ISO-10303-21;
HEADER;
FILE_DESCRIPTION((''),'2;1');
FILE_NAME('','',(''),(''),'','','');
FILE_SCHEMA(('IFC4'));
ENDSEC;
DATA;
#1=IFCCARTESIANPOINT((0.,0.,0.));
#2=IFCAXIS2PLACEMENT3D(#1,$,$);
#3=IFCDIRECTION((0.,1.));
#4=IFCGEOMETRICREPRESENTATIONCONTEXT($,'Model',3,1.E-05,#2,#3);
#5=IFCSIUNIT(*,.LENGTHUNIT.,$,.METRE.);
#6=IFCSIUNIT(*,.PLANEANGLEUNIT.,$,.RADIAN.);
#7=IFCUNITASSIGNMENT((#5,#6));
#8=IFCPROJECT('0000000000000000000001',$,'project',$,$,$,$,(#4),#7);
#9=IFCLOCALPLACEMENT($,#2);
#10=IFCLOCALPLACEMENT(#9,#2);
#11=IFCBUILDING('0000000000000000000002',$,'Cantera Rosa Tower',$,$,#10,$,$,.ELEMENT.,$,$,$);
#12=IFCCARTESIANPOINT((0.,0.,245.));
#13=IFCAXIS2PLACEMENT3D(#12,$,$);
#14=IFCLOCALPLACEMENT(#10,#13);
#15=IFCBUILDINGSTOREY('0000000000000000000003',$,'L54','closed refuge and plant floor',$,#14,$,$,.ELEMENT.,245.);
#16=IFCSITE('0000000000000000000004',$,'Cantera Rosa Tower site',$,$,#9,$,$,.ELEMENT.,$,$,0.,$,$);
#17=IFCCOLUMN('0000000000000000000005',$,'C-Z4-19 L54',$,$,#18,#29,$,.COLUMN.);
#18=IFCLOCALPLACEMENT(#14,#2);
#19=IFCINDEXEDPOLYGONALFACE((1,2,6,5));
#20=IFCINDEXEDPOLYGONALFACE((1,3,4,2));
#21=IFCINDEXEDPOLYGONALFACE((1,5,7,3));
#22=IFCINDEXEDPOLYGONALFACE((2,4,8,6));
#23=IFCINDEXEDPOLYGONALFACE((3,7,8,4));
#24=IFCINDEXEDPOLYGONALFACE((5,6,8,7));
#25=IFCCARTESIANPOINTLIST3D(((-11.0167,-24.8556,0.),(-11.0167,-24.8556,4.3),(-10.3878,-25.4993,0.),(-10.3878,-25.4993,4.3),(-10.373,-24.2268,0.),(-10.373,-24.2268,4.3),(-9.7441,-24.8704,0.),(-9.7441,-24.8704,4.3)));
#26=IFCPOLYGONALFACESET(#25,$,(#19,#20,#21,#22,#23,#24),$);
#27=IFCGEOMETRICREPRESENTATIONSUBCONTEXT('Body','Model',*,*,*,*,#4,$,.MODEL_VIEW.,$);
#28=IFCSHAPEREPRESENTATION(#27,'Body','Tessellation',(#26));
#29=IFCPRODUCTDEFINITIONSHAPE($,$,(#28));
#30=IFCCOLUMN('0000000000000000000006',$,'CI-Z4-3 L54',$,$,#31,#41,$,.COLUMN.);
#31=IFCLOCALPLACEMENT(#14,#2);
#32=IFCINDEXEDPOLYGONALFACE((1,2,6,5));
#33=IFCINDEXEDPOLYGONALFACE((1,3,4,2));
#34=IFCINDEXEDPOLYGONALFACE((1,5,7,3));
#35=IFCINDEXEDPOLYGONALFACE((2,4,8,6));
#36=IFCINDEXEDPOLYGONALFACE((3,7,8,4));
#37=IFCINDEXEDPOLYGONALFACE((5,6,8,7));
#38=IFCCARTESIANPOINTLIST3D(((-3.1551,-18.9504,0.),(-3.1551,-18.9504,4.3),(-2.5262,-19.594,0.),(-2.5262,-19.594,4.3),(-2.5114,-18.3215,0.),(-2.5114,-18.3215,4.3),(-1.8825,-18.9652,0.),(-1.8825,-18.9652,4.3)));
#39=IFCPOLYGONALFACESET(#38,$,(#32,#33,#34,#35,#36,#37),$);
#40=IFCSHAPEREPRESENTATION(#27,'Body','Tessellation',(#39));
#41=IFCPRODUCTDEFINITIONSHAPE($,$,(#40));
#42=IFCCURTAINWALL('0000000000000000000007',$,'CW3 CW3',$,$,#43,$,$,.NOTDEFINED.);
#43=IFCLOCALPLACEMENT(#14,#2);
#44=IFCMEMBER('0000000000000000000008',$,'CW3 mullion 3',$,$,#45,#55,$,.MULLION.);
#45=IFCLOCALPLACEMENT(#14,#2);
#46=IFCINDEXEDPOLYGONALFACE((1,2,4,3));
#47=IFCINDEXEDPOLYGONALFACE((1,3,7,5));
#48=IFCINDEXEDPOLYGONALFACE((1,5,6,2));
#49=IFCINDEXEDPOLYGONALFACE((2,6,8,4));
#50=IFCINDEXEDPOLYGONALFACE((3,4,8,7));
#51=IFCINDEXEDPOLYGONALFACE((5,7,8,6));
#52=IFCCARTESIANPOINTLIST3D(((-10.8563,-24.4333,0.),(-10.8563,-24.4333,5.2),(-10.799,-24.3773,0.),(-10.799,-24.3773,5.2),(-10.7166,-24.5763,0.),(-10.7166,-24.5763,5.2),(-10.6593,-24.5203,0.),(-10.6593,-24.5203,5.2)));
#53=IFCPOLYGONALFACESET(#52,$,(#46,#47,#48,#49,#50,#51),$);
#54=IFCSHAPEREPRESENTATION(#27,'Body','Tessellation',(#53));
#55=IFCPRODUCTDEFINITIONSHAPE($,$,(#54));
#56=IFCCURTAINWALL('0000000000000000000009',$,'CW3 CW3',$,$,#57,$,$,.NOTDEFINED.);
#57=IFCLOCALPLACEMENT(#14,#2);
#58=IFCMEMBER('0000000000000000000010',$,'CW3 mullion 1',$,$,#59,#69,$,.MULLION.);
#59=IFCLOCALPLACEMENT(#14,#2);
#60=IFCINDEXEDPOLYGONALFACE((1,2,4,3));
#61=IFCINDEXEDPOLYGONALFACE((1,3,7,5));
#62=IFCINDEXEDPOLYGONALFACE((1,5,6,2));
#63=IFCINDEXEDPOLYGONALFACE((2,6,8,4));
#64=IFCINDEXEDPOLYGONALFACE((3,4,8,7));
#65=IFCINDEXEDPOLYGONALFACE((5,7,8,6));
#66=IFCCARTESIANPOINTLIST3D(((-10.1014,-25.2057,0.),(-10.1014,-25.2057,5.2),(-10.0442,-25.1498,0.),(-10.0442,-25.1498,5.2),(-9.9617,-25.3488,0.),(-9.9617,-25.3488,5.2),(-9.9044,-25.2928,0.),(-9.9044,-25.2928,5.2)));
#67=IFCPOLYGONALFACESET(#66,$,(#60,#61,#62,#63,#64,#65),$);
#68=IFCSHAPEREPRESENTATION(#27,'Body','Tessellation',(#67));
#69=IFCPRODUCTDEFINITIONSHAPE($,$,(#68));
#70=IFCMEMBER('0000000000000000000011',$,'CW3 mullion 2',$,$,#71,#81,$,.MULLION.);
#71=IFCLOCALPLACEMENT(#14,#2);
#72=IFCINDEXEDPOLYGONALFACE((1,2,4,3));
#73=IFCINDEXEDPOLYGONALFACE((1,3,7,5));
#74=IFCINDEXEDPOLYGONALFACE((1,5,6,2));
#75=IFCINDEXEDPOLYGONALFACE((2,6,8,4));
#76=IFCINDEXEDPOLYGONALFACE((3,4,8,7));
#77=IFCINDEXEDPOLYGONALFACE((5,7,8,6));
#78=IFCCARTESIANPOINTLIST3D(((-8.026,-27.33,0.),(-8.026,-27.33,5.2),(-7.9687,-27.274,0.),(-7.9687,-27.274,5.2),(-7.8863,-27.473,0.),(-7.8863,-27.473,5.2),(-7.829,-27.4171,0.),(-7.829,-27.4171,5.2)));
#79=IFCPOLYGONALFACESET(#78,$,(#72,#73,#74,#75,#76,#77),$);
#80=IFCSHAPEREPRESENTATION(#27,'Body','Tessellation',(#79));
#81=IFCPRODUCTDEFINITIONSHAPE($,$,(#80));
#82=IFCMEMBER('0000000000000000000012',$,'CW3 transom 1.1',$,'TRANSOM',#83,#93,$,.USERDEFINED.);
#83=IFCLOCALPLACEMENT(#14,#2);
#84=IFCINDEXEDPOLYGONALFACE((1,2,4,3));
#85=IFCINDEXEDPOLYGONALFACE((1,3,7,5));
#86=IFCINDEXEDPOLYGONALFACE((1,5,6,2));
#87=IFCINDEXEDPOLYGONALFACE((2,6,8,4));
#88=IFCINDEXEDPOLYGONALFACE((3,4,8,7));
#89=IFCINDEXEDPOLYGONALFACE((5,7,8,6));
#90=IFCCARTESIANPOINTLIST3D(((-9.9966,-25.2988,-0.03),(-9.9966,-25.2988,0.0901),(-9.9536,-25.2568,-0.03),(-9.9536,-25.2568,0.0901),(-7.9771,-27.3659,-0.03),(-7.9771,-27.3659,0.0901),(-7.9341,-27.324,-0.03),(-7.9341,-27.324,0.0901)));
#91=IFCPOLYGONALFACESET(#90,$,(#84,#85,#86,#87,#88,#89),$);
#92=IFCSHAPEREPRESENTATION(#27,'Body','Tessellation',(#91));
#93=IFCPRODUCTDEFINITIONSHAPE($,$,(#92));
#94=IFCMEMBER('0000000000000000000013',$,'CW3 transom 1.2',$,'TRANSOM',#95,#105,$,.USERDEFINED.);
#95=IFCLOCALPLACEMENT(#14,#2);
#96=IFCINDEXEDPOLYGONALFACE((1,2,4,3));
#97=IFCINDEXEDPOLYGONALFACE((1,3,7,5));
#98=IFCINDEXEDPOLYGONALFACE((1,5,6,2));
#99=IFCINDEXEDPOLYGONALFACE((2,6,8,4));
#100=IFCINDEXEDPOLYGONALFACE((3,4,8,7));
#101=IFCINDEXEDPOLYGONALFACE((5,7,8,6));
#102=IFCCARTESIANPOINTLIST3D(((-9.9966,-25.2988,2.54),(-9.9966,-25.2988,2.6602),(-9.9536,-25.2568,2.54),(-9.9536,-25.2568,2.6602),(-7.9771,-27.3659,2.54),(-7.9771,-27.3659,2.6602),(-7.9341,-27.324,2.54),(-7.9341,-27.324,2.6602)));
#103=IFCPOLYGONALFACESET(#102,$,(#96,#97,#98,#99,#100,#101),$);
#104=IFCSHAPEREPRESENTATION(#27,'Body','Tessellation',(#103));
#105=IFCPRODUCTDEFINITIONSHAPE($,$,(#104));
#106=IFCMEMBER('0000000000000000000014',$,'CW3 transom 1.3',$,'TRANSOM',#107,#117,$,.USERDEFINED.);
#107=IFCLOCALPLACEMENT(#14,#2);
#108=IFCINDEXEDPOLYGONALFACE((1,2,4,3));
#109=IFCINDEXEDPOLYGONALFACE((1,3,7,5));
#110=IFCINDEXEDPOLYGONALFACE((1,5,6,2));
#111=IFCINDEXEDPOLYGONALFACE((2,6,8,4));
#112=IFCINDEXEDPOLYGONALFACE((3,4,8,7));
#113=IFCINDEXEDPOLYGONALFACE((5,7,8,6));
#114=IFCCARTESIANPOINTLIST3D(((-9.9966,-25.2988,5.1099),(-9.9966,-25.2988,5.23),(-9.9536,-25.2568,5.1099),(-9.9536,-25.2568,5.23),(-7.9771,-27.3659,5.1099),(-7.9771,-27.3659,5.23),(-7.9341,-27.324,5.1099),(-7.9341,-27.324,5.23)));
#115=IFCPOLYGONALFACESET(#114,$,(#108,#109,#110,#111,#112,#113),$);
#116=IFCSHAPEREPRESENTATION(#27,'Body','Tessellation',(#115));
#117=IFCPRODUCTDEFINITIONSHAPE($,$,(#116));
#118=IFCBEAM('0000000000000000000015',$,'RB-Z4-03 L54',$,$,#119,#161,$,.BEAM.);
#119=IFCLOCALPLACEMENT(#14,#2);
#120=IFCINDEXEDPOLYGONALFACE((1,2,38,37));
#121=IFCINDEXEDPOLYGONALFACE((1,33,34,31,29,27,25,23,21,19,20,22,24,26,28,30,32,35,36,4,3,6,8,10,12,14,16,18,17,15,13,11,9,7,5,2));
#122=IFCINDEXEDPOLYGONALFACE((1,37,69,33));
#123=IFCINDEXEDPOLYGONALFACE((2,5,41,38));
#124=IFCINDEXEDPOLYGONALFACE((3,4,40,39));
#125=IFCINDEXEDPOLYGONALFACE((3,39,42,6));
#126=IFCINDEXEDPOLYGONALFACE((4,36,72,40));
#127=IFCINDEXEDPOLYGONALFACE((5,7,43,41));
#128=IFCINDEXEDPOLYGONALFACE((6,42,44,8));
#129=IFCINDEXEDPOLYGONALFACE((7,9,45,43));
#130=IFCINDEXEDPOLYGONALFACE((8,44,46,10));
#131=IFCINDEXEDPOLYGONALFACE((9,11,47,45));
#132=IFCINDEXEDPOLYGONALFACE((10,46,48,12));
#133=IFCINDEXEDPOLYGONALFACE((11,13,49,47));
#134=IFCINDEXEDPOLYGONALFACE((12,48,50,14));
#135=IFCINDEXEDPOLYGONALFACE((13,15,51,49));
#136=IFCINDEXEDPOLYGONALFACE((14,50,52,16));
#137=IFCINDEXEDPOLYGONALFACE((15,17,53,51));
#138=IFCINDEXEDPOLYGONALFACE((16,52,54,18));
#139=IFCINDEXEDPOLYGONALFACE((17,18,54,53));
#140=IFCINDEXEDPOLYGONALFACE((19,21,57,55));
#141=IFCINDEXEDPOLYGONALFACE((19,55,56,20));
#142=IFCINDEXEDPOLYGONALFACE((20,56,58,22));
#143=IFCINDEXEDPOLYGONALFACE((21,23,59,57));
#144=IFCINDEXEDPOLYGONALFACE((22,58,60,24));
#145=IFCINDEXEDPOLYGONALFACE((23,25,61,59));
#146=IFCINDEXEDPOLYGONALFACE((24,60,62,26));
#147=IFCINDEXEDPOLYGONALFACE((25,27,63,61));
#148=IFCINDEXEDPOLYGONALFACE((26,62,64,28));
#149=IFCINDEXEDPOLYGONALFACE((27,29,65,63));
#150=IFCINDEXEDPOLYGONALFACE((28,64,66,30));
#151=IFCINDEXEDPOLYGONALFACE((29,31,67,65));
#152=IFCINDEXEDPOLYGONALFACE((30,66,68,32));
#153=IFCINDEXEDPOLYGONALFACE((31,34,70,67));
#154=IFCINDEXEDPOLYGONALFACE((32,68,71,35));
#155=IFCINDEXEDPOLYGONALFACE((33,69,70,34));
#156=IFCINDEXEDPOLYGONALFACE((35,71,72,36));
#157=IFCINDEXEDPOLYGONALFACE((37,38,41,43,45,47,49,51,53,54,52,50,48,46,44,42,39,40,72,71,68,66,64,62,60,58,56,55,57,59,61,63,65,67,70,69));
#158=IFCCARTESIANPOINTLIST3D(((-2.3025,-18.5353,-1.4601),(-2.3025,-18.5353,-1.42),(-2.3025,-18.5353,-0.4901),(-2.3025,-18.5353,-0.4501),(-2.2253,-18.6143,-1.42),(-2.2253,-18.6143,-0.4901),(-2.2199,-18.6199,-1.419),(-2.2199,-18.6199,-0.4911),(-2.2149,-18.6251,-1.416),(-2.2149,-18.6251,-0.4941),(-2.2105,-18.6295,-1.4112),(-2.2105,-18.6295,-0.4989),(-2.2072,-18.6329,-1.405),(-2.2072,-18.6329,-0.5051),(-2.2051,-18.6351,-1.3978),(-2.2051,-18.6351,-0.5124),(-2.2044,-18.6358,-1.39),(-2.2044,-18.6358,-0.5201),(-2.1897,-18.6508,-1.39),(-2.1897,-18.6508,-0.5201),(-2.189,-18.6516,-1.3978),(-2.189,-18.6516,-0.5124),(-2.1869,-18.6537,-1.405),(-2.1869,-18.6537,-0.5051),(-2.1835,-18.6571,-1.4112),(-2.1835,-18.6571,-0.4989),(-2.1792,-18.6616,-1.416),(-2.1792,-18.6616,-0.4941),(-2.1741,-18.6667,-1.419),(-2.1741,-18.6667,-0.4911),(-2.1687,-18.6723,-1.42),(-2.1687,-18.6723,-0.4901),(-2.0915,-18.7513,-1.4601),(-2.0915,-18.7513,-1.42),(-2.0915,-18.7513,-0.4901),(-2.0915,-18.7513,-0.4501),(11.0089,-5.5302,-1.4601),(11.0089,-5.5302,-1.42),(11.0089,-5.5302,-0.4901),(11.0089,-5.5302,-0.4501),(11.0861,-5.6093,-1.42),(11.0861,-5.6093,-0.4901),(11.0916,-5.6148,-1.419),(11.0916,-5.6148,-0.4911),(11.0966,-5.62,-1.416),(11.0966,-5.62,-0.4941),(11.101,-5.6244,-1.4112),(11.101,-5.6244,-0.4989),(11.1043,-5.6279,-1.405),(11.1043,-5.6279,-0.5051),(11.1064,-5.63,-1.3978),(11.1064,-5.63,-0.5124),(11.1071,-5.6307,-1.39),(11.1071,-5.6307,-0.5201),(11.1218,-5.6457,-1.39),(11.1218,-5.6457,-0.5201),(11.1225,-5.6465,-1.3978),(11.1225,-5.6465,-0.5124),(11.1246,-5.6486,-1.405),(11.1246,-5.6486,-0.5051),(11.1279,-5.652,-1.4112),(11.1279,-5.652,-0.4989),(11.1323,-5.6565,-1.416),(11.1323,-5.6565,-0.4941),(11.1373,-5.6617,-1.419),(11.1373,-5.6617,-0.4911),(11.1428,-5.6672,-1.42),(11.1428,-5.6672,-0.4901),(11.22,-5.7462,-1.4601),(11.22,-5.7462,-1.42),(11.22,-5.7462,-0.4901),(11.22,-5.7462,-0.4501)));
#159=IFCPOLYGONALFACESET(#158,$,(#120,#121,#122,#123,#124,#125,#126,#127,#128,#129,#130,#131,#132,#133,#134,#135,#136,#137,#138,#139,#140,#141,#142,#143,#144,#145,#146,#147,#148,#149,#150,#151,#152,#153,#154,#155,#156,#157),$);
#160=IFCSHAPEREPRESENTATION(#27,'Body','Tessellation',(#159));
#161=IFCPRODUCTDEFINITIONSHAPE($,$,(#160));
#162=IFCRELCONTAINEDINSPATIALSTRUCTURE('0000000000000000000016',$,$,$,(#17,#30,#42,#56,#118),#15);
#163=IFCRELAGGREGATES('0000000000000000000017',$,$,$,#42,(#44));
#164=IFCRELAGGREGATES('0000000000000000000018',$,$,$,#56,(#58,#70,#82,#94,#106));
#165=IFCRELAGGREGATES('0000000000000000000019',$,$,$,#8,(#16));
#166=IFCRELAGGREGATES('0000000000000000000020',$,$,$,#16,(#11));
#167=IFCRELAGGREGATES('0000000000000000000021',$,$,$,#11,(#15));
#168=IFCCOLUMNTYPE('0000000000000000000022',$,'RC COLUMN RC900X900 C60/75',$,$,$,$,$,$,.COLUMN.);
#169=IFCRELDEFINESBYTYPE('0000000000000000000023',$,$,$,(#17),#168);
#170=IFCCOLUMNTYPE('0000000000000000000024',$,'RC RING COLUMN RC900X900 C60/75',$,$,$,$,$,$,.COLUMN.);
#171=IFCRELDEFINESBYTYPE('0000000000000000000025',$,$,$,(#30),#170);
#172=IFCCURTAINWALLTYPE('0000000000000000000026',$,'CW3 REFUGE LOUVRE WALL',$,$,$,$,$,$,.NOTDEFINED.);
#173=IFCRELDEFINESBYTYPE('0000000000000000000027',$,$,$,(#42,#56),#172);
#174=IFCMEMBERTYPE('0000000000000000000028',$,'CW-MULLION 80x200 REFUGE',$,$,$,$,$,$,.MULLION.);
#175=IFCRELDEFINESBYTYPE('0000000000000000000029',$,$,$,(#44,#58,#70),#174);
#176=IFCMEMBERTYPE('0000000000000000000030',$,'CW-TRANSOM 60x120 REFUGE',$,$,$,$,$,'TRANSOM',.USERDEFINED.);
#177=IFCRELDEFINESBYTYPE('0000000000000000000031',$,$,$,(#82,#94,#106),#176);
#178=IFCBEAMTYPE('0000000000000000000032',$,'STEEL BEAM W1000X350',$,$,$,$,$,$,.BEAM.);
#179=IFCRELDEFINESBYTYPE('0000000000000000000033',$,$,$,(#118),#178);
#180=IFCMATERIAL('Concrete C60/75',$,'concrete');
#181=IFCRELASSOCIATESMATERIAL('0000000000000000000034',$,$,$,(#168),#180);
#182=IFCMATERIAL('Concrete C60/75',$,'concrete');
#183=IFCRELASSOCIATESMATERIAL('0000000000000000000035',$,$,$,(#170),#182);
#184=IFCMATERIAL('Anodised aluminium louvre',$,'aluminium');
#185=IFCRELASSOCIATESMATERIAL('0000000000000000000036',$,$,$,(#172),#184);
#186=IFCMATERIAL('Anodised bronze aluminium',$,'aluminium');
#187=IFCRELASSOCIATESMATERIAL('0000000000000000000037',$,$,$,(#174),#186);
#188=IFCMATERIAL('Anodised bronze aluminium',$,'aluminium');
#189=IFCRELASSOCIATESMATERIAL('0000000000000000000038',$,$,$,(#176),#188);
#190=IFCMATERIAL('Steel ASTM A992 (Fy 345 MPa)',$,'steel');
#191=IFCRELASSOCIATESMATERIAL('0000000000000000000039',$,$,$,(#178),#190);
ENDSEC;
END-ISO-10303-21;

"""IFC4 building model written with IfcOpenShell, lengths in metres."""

from ifc_helpers import new_model, si_unit, direction, frame, origin, origin_2d, place, context, subcontext, project, spatial, rectangle, i_section, extrude, material, material_profile, profile_set, type_object, element, aggregate, save


model = new_model("IFC4")

# Units and contexts
model_context = context("Model", 3, precision=1e-05, world=origin(), true_north=direction((0.0, 1.0)))
body_context = subcontext(model_context, "Body", "Model", "MODEL_VIEW")
ifc_project = project(units=[si_unit("LENGTHUNIT", "METRE"), si_unit("PLANEANGLEUNIT", "RADIAN")], contexts=[model_context])

# Site, building, storey
site_placement = place(None, origin())
site = spatial("IfcSite", under=ifc_project, at=site_placement, Name="Cantera Rosa Tower site", CompositionType="ELEMENT", RefElevation=0.0)
building_placement = place(site_placement, origin())
building = spatial("IfcBuilding", under=site, at=building_placement, Name="Cantera Rosa Tower", CompositionType="ELEMENT")
storey_placement = place(building_placement, frame((0.0, 0.0, 245.0)))
storey = spatial("IfcBuildingStorey", under=building, at=storey_placement, Name="L54", Description="closed refuge and plant floor", CompositionType="ELEMENT", Elevation=245.0)

# Columns
ifc_material_1 = material(Name="Concrete C60/75", Category="concrete")
ifc_material_profile_1 = material_profile(ifc_material_1, rectangle(XDim=0.8999, YDim=0.8999, at=origin_2d()), Name="RC COLUMN RC900X900 C60/75")
ifc_profile_set_1 = profile_set([ifc_material_profile_1], Name="Concrete C60/75")
column_type_1 = type_object("IfcColumnType", Name="RC COLUMN RC900X900 C60/75", PredefinedType="COLUMN", material=ifc_profile_set_1)
column_1_placement = place(storey_placement, frame((-10.3804, -24.863, 0.0), z_axis=(0.0, 0.0, 1.0), x_axis=(0.715286, 0.698832, 0.0)))
element("IfcColumn", 1, at=column_1_placement, inside=storey, type_object=column_type_1, Name="C-Z4-19 L54", PredefinedType="COLUMN", context=body_context, shape_type="SweptSolid", body=[
    extrude(rectangle(XDim=0.8999, YDim=0.8999, at=origin_2d()), origin(), (0.0, 0.0, 1.0), 4.3),
])
ifc_material_2 = material(Name="Concrete C60/75", Category="concrete")
ifc_material_profile_2 = material_profile(ifc_material_2, rectangle(XDim=0.8999, YDim=0.8999, at=origin_2d()), Name="RC RING COLUMN RC900X900 C60/75")
ifc_profile_set_2 = profile_set([ifc_material_profile_2], Name="Concrete C60/75")
column_type_2 = type_object("IfcColumnType", Name="RC RING COLUMN RC900X900 C60/75", PredefinedType="COLUMN", material=ifc_profile_set_2)
column_2_placement = place(storey_placement, frame((-2.5188, -18.9578, 0.0), z_axis=(0.0, 0.0, 1.0), x_axis=(0.715286, 0.698832, 0.0)))
element("IfcColumn", 2, at=column_2_placement, inside=storey, type_object=column_type_2, Name="CI-Z4-3 L54", PredefinedType="COLUMN", context=body_context, shape_type="SweptSolid", body=[
    extrude(rectangle(XDim=0.8999, YDim=0.8999, at=origin_2d()), origin(), (0.0, 0.0, 1.0), 4.3),
])

# Curtain wall, member
ifc_material_3 = material(Name="Anodised aluminium louvre", Category="aluminium")
curtain_wall_type = type_object("IfcCurtainWallType", Name="CW3 REFUGE LOUVRE WALL", PredefinedType="NOTDEFINED", material=ifc_material_3)
curtain_wall_1_placement = place(storey_placement, origin())
curtain_wall_1 = element("IfcCurtainWall", 3, at=curtain_wall_1_placement, inside=storey, type_object=curtain_wall_type, Name="CW3 CW3", PredefinedType="NOTDEFINED")
ifc_material_4 = material(Name="Anodised bronze aluminium", Category="aluminium")
ifc_material_profile_3 = material_profile(ifc_material_4, rectangle(XDim=0.0801, YDim=0.2, at=origin_2d()), Name="CW-MULLION 80x200 REFUGE")
ifc_profile_set_3 = profile_set([ifc_material_profile_3], Name="Anodised bronze aluminium")
member_type_1 = type_object("IfcMemberType", Name="CW-MULLION 80x200 REFUGE", PredefinedType="MULLION", material=ifc_profile_set_3)
member_1_placement = place(storey_placement, frame((-10.7578, -24.4768, 0.0), z_axis=(0.0, 0.0, 1.0), x_axis=(0.715286, 0.698832, 0.0)))
member_1 = element("IfcMember", 4, at=member_1_placement, type_object=member_type_1, Name="CW3 mullion 3", PredefinedType="MULLION", context=body_context, shape_type="SweptSolid", body=[
    extrude(rectangle(XDim=0.0801, YDim=0.2, at=origin_2d()), origin(), (0.0, 0.0, 1.0), 5.2),
])
aggregate(curtain_wall_1, [member_1])

# Curtain wall, members
curtain_wall_2_placement = place(storey_placement, origin())
curtain_wall_2 = element("IfcCurtainWall", 5, at=curtain_wall_2_placement, inside=storey, type_object=curtain_wall_type, Name="CW3 CW3", PredefinedType="NOTDEFINED")
member_2_placement = place(storey_placement, frame((-10.0029, -25.2493, 0.0), z_axis=(0.0, 0.0, 1.0), x_axis=(0.715286, 0.698832, 0.0)))
member_2 = element("IfcMember", 6, at=member_2_placement, type_object=member_type_1, Name="CW3 mullion 1", PredefinedType="MULLION", context=body_context, shape_type="SweptSolid", body=[
    extrude(rectangle(XDim=0.0801, YDim=0.2, at=origin_2d()), origin(), (0.0, 0.0, 1.0), 5.2),
])
member_3_placement = place(storey_placement, frame((-7.9275, -27.3735, 0.0), z_axis=(0.0, 0.0, 1.0), x_axis=(0.715286, 0.698832, 0.0)))
member_3 = element("IfcMember", 7, at=member_3_placement, type_object=member_type_1, Name="CW3 mullion 2", PredefinedType="MULLION", context=body_context, shape_type="SweptSolid", body=[
    extrude(rectangle(XDim=0.0801, YDim=0.2, at=origin_2d()), origin(), (0.0, 0.0, 1.0), 5.2),
])
ifc_material_5 = material(Name="Anodised bronze aluminium", Category="aluminium")
ifc_material_profile_4 = material_profile(ifc_material_5, rectangle(XDim=0.0601, YDim=0.1201, at=origin_2d()), Name="CW-TRANSOM 60x120 REFUGE")
ifc_profile_set_4 = profile_set([ifc_material_profile_4], Name="Anodised bronze aluminium")
member_type_2 = type_object("IfcMemberType", Name="CW-TRANSOM 60x120 REFUGE", ElementType="TRANSOM", PredefinedType="USERDEFINED", material=ifc_profile_set_4)
member_4_placement = place(storey_placement, frame((-9.9751, -25.2778, 0.03), z_axis=(0.698822, -0.715296, 0.0), x_axis=(0.715296, 0.698822, 0.0)))
member_4 = element("IfcMember", 8, at=member_4_placement, type_object=member_type_2, Name="CW3 transom 1.1", ObjectType="TRANSOM", PredefinedType="USERDEFINED", context=body_context, shape_type="SweptSolid", body=[
    extrude(rectangle(XDim=0.0601, YDim=0.1201, at=origin_2d()), origin(), (0.0, 0.0, 1.0), 2.8899),
])
member_5_placement = place(storey_placement, frame((-9.9751, -25.2778, 2.6001), z_axis=(0.698822, -0.715296, 0.0), x_axis=(0.715296, 0.698822, 0.0)))
member_5 = element("IfcMember", 9, at=member_5_placement, type_object=member_type_2, Name="CW3 transom 1.2", ObjectType="TRANSOM", PredefinedType="USERDEFINED", context=body_context, shape_type="SweptSolid", body=[
    extrude(rectangle(XDim=0.0601, YDim=0.1201, at=origin_2d()), origin(), (0.0, 0.0, 1.0), 2.8899),
])
member_6_placement = place(storey_placement, frame((-9.9751, -25.2778, 5.1699), z_axis=(0.698822, -0.715296, 0.0), x_axis=(0.715296, 0.698822, 0.0)))
member_6 = element("IfcMember", 10, at=member_6_placement, type_object=member_type_2, Name="CW3 transom 1.3", ObjectType="TRANSOM", PredefinedType="USERDEFINED", context=body_context, shape_type="SweptSolid", body=[
    extrude(rectangle(XDim=0.0601, YDim=0.1201, at=origin_2d()), origin(), (0.0, 0.0, 1.0), 2.8899),
])

# Beam
ifc_material_6 = material(Name="Steel ASTM A992 (Fy 345 MPa)", Category="steel")
ifc_material_profile_5 = material_profile(ifc_material_6, i_section(OverallWidth=0.302, OverallDepth=1.01, WebThickness=0.021, FlangeThickness=0.04, FilletRadius=0.03, at=origin_2d()), Name="W1000X350")
ifc_profile_set_5 = profile_set([ifc_material_profile_5], Name="Steel ASTM A992 (Fy 345 MPa)")
beam_type_1 = type_object("IfcBeamType", Name="STEEL BEAM W1000X350", PredefinedType="BEAM", material=ifc_profile_set_5)
beam_1_placement = place(storey_placement, frame((-2.197, -18.6433, -0.9551), z_axis=(0.715291, 0.698827, 0.0), x_axis=(-0.698827, 0.715291, 0.0)))
element("IfcBeam", 11, at=beam_1_placement, inside=storey, type_object=beam_type_1, Name="RB-Z4-03 L54", PredefinedType="BEAM", context=body_context, shape_type="SweptSolid", body=[
    extrude(i_section(OverallWidth=0.302, OverallDepth=1.01, WebThickness=0.021, FlangeThickness=0.04, FilletRadius=0.03, at=origin_2d()), origin(), (0.0, 0.0, 1.0), 18.6099),
])

aggregate(curtain_wall_2, [member_2, member_3, member_4, member_5, member_6])

save(model, "model.ifc")
